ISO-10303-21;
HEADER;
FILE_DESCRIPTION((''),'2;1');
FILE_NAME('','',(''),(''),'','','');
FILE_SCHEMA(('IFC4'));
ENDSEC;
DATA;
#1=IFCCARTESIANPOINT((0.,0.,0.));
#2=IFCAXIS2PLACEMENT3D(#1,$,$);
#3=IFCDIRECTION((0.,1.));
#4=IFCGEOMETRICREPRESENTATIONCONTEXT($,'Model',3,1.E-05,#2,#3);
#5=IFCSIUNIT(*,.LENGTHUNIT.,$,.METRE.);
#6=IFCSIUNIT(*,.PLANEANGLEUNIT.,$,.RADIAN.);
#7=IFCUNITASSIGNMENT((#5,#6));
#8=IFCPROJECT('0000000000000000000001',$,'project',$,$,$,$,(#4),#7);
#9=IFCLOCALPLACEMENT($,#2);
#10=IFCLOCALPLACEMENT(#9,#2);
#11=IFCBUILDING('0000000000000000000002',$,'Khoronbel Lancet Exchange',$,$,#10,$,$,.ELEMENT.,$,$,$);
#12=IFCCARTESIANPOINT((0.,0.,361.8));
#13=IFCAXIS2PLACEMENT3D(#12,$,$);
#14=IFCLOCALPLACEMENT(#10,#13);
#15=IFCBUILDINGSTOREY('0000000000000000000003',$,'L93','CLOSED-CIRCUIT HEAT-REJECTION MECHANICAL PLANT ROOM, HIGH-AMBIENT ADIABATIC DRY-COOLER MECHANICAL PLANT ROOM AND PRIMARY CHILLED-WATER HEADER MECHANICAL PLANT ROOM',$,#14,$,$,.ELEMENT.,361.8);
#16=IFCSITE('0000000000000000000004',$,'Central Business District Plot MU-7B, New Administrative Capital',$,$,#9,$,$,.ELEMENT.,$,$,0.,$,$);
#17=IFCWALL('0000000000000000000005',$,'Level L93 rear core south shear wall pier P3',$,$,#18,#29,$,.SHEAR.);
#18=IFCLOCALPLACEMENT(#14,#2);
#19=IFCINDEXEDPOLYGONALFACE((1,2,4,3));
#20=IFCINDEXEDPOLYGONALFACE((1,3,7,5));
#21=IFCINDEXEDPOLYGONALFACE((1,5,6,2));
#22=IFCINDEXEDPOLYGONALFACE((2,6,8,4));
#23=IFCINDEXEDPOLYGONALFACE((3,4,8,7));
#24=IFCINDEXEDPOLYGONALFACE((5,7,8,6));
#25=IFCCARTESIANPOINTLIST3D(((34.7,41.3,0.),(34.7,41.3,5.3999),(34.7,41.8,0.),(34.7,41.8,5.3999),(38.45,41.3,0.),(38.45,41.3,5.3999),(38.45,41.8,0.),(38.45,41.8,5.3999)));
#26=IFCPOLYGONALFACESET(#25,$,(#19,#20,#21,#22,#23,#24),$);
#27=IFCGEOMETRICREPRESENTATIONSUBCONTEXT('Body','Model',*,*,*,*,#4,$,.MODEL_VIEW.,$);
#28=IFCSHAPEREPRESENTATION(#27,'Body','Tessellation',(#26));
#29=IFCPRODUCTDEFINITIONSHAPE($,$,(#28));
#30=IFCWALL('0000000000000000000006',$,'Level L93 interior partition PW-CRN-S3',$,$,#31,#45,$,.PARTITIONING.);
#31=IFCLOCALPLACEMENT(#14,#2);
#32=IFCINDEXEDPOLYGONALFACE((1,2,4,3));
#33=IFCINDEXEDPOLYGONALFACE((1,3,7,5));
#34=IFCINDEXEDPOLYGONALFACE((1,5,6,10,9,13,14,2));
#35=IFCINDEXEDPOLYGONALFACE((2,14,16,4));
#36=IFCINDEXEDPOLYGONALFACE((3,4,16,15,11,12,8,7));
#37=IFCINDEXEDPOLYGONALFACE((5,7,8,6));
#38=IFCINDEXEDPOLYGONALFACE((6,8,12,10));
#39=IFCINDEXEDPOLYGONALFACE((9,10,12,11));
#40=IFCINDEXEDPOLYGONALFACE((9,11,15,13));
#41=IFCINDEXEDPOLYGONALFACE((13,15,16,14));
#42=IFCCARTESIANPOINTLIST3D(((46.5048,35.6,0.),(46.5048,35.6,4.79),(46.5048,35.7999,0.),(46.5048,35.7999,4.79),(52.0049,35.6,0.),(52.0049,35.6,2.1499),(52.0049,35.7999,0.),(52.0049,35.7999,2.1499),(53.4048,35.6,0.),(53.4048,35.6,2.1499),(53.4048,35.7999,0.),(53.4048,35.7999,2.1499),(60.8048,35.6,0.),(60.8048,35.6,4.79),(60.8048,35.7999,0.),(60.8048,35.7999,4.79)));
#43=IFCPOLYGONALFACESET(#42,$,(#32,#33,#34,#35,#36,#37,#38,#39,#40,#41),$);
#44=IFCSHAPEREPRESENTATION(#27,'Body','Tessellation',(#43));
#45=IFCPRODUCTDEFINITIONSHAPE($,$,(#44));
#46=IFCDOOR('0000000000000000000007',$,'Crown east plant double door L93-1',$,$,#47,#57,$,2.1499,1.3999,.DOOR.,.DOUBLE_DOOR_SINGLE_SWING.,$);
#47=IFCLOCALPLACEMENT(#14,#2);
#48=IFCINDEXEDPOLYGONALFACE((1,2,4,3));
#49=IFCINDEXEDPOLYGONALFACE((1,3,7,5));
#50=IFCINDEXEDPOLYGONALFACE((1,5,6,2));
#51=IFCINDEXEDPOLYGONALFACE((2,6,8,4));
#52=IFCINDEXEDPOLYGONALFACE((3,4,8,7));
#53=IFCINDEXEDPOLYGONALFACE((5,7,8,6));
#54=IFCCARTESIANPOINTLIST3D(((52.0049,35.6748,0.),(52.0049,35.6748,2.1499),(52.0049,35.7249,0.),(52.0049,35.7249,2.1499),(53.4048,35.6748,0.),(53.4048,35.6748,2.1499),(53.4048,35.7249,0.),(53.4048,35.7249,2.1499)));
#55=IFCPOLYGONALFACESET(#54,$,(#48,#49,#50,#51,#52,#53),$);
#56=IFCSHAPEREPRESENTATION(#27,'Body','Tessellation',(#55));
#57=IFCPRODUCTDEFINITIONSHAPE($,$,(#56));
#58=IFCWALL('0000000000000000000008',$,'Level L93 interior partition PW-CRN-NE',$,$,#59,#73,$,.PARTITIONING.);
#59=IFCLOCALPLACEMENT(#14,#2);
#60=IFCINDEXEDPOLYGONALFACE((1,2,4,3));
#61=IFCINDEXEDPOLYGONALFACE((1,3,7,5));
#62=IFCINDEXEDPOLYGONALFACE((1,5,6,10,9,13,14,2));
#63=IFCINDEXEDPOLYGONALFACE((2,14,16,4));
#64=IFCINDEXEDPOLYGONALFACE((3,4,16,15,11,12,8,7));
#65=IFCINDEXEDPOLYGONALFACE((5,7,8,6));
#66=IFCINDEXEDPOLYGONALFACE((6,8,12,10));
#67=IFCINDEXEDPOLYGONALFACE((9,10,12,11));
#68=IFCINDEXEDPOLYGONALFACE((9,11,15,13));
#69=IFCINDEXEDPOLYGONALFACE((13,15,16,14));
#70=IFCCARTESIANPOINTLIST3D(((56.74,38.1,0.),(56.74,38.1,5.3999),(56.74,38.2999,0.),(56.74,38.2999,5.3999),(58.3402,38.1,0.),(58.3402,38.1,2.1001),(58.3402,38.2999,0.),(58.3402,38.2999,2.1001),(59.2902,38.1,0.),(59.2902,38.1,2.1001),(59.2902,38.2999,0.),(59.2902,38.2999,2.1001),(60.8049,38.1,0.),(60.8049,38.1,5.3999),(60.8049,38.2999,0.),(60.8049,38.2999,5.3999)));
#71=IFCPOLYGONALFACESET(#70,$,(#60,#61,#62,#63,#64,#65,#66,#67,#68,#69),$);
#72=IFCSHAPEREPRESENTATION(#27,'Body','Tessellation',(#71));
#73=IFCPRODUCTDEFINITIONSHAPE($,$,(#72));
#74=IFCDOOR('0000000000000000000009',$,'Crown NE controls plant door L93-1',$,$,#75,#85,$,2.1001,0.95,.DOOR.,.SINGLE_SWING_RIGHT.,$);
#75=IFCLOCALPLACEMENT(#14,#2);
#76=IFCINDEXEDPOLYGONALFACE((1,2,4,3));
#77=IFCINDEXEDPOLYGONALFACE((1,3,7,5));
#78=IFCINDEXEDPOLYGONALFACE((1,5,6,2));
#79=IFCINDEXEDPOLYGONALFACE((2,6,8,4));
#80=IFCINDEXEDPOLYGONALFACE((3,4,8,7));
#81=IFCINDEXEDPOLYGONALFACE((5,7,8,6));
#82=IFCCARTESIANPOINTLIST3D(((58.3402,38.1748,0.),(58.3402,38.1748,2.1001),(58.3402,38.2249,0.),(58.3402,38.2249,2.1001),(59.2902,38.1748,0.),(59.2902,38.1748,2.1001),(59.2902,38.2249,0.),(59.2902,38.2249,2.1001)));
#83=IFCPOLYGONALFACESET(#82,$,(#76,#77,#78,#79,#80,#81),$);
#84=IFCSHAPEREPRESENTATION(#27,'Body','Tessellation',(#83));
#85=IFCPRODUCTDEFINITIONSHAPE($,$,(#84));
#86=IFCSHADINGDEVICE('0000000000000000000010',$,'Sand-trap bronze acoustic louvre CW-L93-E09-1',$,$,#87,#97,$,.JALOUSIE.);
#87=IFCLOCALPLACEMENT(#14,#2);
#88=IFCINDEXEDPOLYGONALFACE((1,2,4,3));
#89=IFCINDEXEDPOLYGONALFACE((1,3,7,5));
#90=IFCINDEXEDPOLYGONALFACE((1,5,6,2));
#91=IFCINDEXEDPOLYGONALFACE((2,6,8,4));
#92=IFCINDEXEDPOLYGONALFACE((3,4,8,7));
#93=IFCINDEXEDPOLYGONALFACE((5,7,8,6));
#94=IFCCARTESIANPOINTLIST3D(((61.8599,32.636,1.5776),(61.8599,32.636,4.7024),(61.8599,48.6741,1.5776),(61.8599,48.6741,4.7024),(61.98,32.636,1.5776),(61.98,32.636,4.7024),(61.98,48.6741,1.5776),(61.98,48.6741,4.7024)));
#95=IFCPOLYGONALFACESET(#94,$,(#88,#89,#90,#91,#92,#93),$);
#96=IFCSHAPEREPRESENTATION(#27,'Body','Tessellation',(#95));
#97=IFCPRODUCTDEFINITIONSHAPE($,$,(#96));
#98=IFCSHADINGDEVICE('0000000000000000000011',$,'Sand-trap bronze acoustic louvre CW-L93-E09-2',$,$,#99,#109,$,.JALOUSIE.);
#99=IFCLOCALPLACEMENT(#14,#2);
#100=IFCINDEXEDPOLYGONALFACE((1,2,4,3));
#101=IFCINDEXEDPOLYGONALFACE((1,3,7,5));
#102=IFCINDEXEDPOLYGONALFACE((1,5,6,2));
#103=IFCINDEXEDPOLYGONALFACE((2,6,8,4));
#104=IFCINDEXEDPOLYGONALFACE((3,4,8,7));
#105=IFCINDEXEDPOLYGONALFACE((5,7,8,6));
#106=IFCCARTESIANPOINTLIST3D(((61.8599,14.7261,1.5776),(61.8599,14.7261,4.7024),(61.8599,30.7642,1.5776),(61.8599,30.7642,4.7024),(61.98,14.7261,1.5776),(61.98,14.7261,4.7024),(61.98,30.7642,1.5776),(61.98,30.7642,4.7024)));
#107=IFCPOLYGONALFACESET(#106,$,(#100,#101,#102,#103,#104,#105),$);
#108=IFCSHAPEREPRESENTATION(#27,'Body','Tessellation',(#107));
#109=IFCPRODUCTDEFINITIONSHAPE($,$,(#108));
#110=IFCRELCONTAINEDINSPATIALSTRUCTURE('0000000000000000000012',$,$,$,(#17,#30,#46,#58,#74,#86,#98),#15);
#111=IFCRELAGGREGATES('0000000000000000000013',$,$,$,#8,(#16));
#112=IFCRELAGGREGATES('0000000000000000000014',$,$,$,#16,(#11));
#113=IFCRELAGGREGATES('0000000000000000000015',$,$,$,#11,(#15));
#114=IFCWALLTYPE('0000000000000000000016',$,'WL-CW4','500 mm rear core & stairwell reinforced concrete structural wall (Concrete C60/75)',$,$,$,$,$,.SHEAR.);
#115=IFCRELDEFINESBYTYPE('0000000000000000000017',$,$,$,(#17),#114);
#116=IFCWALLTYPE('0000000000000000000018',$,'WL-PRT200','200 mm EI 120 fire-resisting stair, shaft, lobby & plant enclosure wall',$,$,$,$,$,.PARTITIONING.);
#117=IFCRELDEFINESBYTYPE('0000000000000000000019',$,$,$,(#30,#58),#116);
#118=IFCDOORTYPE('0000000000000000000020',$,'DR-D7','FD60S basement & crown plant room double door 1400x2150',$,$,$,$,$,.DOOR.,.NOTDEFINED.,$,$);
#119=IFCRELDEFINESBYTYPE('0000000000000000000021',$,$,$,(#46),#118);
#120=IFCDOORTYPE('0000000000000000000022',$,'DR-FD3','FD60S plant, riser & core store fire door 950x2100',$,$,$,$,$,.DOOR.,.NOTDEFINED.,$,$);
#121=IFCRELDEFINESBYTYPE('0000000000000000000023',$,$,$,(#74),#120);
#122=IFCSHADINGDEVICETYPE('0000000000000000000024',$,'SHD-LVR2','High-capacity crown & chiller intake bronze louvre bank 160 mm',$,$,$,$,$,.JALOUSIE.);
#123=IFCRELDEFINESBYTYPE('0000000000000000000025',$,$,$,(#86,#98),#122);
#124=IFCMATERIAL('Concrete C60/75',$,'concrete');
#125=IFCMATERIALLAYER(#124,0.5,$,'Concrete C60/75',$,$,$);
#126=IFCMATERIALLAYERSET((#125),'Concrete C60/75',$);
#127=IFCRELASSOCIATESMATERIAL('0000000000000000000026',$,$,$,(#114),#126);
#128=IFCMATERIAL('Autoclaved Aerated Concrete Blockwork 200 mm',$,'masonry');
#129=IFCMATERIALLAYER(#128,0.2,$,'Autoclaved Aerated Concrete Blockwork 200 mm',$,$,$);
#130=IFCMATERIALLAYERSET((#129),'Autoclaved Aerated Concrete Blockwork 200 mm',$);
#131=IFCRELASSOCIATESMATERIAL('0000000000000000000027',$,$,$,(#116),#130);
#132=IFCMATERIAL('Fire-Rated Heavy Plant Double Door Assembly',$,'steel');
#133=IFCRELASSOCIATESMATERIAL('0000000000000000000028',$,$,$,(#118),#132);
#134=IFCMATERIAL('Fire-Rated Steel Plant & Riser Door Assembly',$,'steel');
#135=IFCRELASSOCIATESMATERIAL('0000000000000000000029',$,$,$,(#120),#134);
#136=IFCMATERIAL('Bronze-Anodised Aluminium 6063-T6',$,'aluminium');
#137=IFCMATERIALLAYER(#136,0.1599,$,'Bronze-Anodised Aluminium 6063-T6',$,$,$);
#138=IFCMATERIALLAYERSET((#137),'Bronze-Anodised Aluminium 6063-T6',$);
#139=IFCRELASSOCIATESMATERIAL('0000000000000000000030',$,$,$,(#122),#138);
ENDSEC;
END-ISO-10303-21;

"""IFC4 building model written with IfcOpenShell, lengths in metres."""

from ifc_helpers import new_model, si_unit, direction, frame, frame_2d, origin, origin_2d, place, context, subcontext, project, spatial, rectangle, extrude, material, layer, layer_set, type_object, element, fill, save


model = new_model("IFC4")

# Units and contexts
model_context = context("Model", 3, precision=1e-05, world=origin(), true_north=direction((0.0, 1.0)))
body_context = subcontext(model_context, "Body", "Model", "MODEL_VIEW")
ifc_project = project(units=[si_unit("LENGTHUNIT", "METRE"), si_unit("PLANEANGLEUNIT", "RADIAN")], contexts=[model_context])

# Site, building, storey
site_placement = place(None, origin())
site = spatial("IfcSite", under=ifc_project, at=site_placement, Name="Central Business District Plot MU-7B, New Administrative Capital", CompositionType="ELEMENT", RefElevation=0.0)
building_placement = place(site_placement, origin())
building = spatial("IfcBuilding", under=site, at=building_placement, Name="Khoronbel Lancet Exchange", CompositionType="ELEMENT")
storey_placement = place(building_placement, frame((0.0, 0.0, 361.8)))
storey = spatial("IfcBuildingStorey", under=building, at=storey_placement, Name="L93", Description="CLOSED-CIRCUIT HEAT-REJECTION MECHANICAL PLANT ROOM, HIGH-AMBIENT ADIABATIC DRY-COOLER MECHANICAL PLANT ROOM AND PRIMARY CHILLED-WATER HEADER MECHANICAL PLANT ROOM", CompositionType="ELEMENT", Elevation=361.8)

# Shared definitions
ifc_material_1 = material(Name="Concrete C60/75", Category="concrete")

# Shared definitions
ifc_material_2 = material(Name="Bronze-Anodised Aluminium 6063-T6", Category="aluminium")

# Wall
ifc_layer_1 = layer(ifc_material_1, 0.5, Name="Concrete C60/75")
ifc_layer_set_1 = layer_set([ifc_layer_1], Name="Concrete C60/75")
wall_type_1 = type_object("IfcWallType", Name="WL-CW4", Description="500 mm rear core & stairwell reinforced concrete structural wall (Concrete C60/75)", PredefinedType="SHEAR", material=ifc_layer_set_1)
wall_1_placement = place(storey_placement, frame((38.45, 41.55, 0.0), z_axis=(0.0, 0.0, 1.0), x_axis=(-1.0, 0.0, 0.0)))
element("IfcWall", 1, at=wall_1_placement, inside=storey, type_object=wall_type_1, Name="Level L93 rear core south shear wall pier P3", PredefinedType="SHEAR", context=body_context, shape_type="SweptSolid", body=[
    extrude(rectangle(XDim=3.75, YDim=0.5, at=frame_2d((1.875, 0.0))), origin(), (0.0, 0.0, 1.0), 5.3999),
])

# Walls, openings, doors
ifc_material_3 = material(Name="Autoclaved Aerated Concrete Blockwork 200 mm", Category="masonry")
ifc_layer_2 = layer(ifc_material_3, 0.2, Name="Autoclaved Aerated Concrete Blockwork 200 mm")
ifc_layer_set_2 = layer_set([ifc_layer_2], Name="Autoclaved Aerated Concrete Blockwork 200 mm")
wall_type_2 = type_object("IfcWallType", Name="WL-PRT200", Description="200 mm EI 120 fire-resisting stair, shaft, lobby & plant enclosure wall", PredefinedType="PARTITIONING", material=ifc_layer_set_2)
wall_2_placement = place(storey_placement, frame((46.5049, 35.7, 0.0), z_axis=(0.0, 0.0, 1.0), x_axis=(1.0, 0.0, 0.0)))
wall_2 = element("IfcWall", 2, at=wall_2_placement, inside=storey, type_object=wall_type_2, Name="Level L93 interior partition PW-CRN-S3", PredefinedType="PARTITIONING", context=body_context, shape_type="SweptSolid", body=[
    extrude(rectangle(XDim=14.3, YDim=0.2, at=frame_2d((7.1499, 0.0))), origin(), (0.0, 0.0, 1.0), 4.79),
])
opening_1_placement = place(wall_2_placement, frame((5.5, 0.0, 0.0)))
opening_1 = element("IfcOpeningElement", 3, at=opening_1_placement, cuts=wall_2, PredefinedType="OPENING", context=body_context, shape_type="SweptSolid", body=[
    extrude(rectangle(XDim=1.3999, YDim=2.1499, at=frame_2d((0.7, 1.075))), frame((0.0, 0.1099, 0.0), z_axis=(0.0, -1.0, 0.0), x_axis=(1.0, 0.0, 0.0)), (0.0, 0.0, 1.0), 0.22),
])
ifc_material_4 = material(Name="Fire-Rated Heavy Plant Double Door Assembly", Category="steel")
door_type_1 = type_object("IfcDoorType", Name="DR-D7", Description="FD60S basement & crown plant room double door 1400x2150", OperationType="NOTDEFINED", PredefinedType="DOOR", material=ifc_material_4)
door_1_placement = place(opening_1_placement, origin())
door_1 = element("IfcDoor", 4, at=door_1_placement, inside=storey, type_object=door_type_1, Name="Crown east plant double door L93-1", OperationType="DOUBLE_DOOR_SINGLE_SWING", OverallHeight=2.1499, OverallWidth=1.3999, PredefinedType="DOOR", context=body_context, shape_type="SweptSolid", body=[
    extrude(rectangle(XDim=1.3999, YDim=2.1499, at=frame_2d((0.7, 1.075))), frame((0.0, 0.0249, 0.0), z_axis=(0.0, -1.0, 0.0), x_axis=(1.0, 0.0, 0.0)), (0.0, 0.0, 1.0), 0.05),
])
fill(opening_1, door_1)
wall_3_placement = place(storey_placement, frame((56.74, 38.2, 0.0), z_axis=(0.0, 0.0, 1.0), x_axis=(1.0, 0.0, 0.0)))
wall_3 = element("IfcWall", 5, at=wall_3_placement, inside=storey, type_object=wall_type_2, Name="Level L93 interior partition PW-CRN-NE", PredefinedType="PARTITIONING", context=body_context, shape_type="SweptSolid", body=[
    extrude(rectangle(XDim=4.0649, YDim=0.2, at=frame_2d((2.0325, 0.0))), origin(), (0.0, 0.0, 1.0), 5.3999),
])
opening_2_placement = place(wall_3_placement, frame((1.6001, 0.0, 0.0)))
opening_2 = element("IfcOpeningElement", 6, at=opening_2_placement, cuts=wall_3, PredefinedType="OPENING", context=body_context, shape_type="SweptSolid", body=[
    extrude(rectangle(XDim=0.95, YDim=2.1001, at=frame_2d((0.4751, 1.05))), frame((0.0, 0.1099, 0.0), z_axis=(0.0, -1.0, 0.0), x_axis=(1.0, 0.0, 0.0)), (0.0, 0.0, 1.0), 0.22),
])
ifc_material_5 = material(Name="Fire-Rated Steel Plant & Riser Door Assembly", Category="steel")
door_type_2 = type_object("IfcDoorType", Name="DR-FD3", Description="FD60S plant, riser & core store fire door 950x2100", OperationType="NOTDEFINED", PredefinedType="DOOR", material=ifc_material_5)
door_2_placement = place(opening_2_placement, origin())
door_2 = element("IfcDoor", 7, at=door_2_placement, inside=storey, type_object=door_type_2, Name="Crown NE controls plant door L93-1", OperationType="SINGLE_SWING_RIGHT", OverallHeight=2.1001, OverallWidth=0.95, PredefinedType="DOOR", context=body_context, shape_type="SweptSolid", body=[
    extrude(rectangle(XDim=0.95, YDim=2.1001, at=frame_2d((0.4751, 1.05))), frame((0.0, 0.0249, 0.0), z_axis=(0.0, -1.0, 0.0), x_axis=(1.0, 0.0, 0.0)), (0.0, 0.0, 1.0), 0.05),
])
fill(opening_2, door_2)

# Shading devices
ifc_layer_3 = layer(ifc_material_2, 0.1599, Name="Bronze-Anodised Aluminium 6063-T6")
ifc_layer_set_3 = layer_set([ifc_layer_3], Name="Bronze-Anodised Aluminium 6063-T6")
shading_device_type = type_object("IfcShadingDeviceType", Name="SHD-LVR2", Description="High-capacity crown & chiller intake bronze louvre bank 160 mm", PredefinedType="JALOUSIE", material=ifc_layer_set_3)
for number, where, z_axis, x_axis, name in (
    (8, (61.9199, 40.655, 1.5776), (0.0, 0.0, 1.0), (0.0, -1.0, 0.0), "Sand-trap bronze acoustic louvre CW-L93-E09-1"),
    (9, (61.9199, 22.7451, 1.5776), (0.0, 0.0, 1.0), (0.0, -1.0, 0.0), "Sand-trap bronze acoustic louvre CW-L93-E09-2"),
):
    element("IfcShadingDevice", number, at=place(storey_placement, frame(where, z_axis=z_axis, x_axis=x_axis)), inside=storey, type_object=shading_device_type, Name=name, PredefinedType="JALOUSIE", context=body_context, shape_type="SweptSolid", body=[
        extrude(rectangle(XDim=16.0381, YDim=0.1201, at=origin_2d()), origin(), (0.0, 0.0, 1.0), 3.1248),
    ])

save(model, "model.ifc")
